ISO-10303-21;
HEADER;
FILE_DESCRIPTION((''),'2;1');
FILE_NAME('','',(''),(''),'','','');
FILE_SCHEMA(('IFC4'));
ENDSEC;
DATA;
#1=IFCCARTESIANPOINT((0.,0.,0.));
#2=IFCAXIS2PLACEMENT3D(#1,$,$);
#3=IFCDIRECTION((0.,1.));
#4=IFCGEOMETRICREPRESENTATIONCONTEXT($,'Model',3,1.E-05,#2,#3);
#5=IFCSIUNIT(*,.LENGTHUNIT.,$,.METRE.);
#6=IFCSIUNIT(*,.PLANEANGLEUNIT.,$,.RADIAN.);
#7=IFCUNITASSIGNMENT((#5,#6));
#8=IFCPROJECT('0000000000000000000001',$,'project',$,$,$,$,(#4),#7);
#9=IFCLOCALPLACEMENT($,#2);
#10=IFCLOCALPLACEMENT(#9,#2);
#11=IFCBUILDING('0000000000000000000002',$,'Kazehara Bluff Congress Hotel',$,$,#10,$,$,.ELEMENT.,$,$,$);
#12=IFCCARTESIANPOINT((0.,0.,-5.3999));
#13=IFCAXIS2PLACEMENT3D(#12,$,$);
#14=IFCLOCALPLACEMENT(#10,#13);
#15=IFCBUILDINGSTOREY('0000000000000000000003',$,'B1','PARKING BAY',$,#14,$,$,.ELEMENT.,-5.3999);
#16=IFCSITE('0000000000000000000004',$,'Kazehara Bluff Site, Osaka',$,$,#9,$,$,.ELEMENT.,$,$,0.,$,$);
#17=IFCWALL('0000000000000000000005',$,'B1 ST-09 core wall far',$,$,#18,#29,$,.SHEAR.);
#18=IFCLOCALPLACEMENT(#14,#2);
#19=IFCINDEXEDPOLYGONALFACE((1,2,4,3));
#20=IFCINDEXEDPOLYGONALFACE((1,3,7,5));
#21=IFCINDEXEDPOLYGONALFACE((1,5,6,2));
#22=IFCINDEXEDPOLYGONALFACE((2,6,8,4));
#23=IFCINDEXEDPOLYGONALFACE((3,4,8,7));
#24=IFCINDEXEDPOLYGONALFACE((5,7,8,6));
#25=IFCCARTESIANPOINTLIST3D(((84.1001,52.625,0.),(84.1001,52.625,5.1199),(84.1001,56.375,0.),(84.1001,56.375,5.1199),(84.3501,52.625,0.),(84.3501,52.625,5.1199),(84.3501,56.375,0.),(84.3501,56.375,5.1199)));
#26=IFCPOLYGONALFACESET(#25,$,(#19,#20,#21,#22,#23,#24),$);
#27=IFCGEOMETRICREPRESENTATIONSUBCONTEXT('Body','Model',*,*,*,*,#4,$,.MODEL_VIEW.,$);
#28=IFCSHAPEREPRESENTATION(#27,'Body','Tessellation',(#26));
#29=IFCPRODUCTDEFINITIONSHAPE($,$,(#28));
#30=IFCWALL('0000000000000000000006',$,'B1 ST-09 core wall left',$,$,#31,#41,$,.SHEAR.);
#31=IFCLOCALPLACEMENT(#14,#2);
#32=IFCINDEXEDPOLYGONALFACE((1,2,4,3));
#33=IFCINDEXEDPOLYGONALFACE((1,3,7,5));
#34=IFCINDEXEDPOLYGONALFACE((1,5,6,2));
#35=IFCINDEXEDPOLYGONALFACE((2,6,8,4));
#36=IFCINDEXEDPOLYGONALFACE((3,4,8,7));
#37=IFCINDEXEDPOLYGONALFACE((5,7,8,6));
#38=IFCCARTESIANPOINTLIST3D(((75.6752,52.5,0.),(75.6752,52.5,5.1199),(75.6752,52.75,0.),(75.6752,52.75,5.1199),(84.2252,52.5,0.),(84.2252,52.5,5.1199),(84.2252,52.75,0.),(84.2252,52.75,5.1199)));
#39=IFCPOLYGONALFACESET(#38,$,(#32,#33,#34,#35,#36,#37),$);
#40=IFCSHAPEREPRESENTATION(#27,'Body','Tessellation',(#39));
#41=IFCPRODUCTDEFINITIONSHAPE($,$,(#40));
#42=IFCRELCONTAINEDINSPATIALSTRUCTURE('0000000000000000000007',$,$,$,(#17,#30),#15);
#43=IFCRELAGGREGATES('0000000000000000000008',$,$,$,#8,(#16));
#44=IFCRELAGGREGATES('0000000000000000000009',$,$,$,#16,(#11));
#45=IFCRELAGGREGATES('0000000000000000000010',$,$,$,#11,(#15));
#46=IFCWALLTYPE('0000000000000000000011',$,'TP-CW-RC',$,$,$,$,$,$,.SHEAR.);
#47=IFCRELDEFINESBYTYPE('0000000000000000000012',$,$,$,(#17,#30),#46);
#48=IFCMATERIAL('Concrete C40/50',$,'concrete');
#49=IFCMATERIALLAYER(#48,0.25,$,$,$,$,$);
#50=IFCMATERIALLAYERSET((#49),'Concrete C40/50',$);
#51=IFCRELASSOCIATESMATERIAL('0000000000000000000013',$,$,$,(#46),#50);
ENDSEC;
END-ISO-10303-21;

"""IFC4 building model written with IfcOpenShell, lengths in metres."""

from ifc_helpers import new_model, si_unit, direction, frame, frame_2d, origin, place, context, subcontext, project, spatial, rectangle, extrude, material, layer, layer_set, type_object, element, save


model = new_model("IFC4")

# Units and contexts
model_context = context("Model", 3, precision=1e-05, world=origin(), true_north=direction((0.0, 1.0)))
body_context = subcontext(model_context, "Body", "Model", "MODEL_VIEW")
ifc_project = project(units=[si_unit("LENGTHUNIT", "METRE"), si_unit("PLANEANGLEUNIT", "RADIAN")], contexts=[model_context])

# Site, building, storey
site_placement = place(None, origin())
site = spatial("IfcSite", under=ifc_project, at=site_placement, Name="Kazehara Bluff Site, Osaka", CompositionType="ELEMENT", RefElevation=0.0)
building_placement = place(site_placement, origin())
building = spatial("IfcBuilding", under=site, at=building_placement, Name="Kazehara Bluff Congress Hotel", CompositionType="ELEMENT")
storey_placement = place(building_placement, frame((0.0, 0.0, -5.3999)))
storey = spatial("IfcBuildingStorey", under=building, at=storey_placement, Name="B1", Description="PARKING BAY", CompositionType="ELEMENT", Elevation=-5.3999)

# Walls
ifc_material_1 = material(Name="Concrete C40/50", Category="concrete")
ifc_layer_1 = layer(ifc_material_1, 0.25)
ifc_layer_set_1 = layer_set([ifc_layer_1], Name="Concrete C40/50")
wall_type = type_object("IfcWallType", Name="TP-CW-RC", PredefinedType="SHEAR", material=ifc_layer_set_1)
wall_1_placement = place(storey_placement, frame((84.2251, 56.375, 0.0), z_axis=(0.0, 0.0, 1.0), x_axis=(0.0, -1.0, 0.0)))
element("IfcWall", 1, at=wall_1_placement, inside=storey, type_object=wall_type, Name="B1 ST-09 core wall far", PredefinedType="SHEAR", context=body_context, shape_type="SweptSolid", body=[
    extrude(rectangle(XDim=3.75, YDim=0.25, at=frame_2d((1.875, 0.0))), origin(), (0.0, 0.0, 1.0), 5.1199),
])
wall_2_placement = place(storey_placement, frame((84.2251, 52.625, 0.0), z_axis=(0.0, 0.0, 1.0), x_axis=(-1.0, 0.0, 0.0)))
element("IfcWall", 2, at=wall_2_placement, inside=storey, type_object=wall_type, Name="B1 ST-09 core wall left", PredefinedType="SHEAR", context=body_context, shape_type="SweptSolid", body=[
    extrude(rectangle(XDim=8.55, YDim=0.25, at=frame_2d((4.2749, 0.0))), origin(), (0.0, 0.0, 1.0), 5.1199),
])

save(model, "model.ifc")
